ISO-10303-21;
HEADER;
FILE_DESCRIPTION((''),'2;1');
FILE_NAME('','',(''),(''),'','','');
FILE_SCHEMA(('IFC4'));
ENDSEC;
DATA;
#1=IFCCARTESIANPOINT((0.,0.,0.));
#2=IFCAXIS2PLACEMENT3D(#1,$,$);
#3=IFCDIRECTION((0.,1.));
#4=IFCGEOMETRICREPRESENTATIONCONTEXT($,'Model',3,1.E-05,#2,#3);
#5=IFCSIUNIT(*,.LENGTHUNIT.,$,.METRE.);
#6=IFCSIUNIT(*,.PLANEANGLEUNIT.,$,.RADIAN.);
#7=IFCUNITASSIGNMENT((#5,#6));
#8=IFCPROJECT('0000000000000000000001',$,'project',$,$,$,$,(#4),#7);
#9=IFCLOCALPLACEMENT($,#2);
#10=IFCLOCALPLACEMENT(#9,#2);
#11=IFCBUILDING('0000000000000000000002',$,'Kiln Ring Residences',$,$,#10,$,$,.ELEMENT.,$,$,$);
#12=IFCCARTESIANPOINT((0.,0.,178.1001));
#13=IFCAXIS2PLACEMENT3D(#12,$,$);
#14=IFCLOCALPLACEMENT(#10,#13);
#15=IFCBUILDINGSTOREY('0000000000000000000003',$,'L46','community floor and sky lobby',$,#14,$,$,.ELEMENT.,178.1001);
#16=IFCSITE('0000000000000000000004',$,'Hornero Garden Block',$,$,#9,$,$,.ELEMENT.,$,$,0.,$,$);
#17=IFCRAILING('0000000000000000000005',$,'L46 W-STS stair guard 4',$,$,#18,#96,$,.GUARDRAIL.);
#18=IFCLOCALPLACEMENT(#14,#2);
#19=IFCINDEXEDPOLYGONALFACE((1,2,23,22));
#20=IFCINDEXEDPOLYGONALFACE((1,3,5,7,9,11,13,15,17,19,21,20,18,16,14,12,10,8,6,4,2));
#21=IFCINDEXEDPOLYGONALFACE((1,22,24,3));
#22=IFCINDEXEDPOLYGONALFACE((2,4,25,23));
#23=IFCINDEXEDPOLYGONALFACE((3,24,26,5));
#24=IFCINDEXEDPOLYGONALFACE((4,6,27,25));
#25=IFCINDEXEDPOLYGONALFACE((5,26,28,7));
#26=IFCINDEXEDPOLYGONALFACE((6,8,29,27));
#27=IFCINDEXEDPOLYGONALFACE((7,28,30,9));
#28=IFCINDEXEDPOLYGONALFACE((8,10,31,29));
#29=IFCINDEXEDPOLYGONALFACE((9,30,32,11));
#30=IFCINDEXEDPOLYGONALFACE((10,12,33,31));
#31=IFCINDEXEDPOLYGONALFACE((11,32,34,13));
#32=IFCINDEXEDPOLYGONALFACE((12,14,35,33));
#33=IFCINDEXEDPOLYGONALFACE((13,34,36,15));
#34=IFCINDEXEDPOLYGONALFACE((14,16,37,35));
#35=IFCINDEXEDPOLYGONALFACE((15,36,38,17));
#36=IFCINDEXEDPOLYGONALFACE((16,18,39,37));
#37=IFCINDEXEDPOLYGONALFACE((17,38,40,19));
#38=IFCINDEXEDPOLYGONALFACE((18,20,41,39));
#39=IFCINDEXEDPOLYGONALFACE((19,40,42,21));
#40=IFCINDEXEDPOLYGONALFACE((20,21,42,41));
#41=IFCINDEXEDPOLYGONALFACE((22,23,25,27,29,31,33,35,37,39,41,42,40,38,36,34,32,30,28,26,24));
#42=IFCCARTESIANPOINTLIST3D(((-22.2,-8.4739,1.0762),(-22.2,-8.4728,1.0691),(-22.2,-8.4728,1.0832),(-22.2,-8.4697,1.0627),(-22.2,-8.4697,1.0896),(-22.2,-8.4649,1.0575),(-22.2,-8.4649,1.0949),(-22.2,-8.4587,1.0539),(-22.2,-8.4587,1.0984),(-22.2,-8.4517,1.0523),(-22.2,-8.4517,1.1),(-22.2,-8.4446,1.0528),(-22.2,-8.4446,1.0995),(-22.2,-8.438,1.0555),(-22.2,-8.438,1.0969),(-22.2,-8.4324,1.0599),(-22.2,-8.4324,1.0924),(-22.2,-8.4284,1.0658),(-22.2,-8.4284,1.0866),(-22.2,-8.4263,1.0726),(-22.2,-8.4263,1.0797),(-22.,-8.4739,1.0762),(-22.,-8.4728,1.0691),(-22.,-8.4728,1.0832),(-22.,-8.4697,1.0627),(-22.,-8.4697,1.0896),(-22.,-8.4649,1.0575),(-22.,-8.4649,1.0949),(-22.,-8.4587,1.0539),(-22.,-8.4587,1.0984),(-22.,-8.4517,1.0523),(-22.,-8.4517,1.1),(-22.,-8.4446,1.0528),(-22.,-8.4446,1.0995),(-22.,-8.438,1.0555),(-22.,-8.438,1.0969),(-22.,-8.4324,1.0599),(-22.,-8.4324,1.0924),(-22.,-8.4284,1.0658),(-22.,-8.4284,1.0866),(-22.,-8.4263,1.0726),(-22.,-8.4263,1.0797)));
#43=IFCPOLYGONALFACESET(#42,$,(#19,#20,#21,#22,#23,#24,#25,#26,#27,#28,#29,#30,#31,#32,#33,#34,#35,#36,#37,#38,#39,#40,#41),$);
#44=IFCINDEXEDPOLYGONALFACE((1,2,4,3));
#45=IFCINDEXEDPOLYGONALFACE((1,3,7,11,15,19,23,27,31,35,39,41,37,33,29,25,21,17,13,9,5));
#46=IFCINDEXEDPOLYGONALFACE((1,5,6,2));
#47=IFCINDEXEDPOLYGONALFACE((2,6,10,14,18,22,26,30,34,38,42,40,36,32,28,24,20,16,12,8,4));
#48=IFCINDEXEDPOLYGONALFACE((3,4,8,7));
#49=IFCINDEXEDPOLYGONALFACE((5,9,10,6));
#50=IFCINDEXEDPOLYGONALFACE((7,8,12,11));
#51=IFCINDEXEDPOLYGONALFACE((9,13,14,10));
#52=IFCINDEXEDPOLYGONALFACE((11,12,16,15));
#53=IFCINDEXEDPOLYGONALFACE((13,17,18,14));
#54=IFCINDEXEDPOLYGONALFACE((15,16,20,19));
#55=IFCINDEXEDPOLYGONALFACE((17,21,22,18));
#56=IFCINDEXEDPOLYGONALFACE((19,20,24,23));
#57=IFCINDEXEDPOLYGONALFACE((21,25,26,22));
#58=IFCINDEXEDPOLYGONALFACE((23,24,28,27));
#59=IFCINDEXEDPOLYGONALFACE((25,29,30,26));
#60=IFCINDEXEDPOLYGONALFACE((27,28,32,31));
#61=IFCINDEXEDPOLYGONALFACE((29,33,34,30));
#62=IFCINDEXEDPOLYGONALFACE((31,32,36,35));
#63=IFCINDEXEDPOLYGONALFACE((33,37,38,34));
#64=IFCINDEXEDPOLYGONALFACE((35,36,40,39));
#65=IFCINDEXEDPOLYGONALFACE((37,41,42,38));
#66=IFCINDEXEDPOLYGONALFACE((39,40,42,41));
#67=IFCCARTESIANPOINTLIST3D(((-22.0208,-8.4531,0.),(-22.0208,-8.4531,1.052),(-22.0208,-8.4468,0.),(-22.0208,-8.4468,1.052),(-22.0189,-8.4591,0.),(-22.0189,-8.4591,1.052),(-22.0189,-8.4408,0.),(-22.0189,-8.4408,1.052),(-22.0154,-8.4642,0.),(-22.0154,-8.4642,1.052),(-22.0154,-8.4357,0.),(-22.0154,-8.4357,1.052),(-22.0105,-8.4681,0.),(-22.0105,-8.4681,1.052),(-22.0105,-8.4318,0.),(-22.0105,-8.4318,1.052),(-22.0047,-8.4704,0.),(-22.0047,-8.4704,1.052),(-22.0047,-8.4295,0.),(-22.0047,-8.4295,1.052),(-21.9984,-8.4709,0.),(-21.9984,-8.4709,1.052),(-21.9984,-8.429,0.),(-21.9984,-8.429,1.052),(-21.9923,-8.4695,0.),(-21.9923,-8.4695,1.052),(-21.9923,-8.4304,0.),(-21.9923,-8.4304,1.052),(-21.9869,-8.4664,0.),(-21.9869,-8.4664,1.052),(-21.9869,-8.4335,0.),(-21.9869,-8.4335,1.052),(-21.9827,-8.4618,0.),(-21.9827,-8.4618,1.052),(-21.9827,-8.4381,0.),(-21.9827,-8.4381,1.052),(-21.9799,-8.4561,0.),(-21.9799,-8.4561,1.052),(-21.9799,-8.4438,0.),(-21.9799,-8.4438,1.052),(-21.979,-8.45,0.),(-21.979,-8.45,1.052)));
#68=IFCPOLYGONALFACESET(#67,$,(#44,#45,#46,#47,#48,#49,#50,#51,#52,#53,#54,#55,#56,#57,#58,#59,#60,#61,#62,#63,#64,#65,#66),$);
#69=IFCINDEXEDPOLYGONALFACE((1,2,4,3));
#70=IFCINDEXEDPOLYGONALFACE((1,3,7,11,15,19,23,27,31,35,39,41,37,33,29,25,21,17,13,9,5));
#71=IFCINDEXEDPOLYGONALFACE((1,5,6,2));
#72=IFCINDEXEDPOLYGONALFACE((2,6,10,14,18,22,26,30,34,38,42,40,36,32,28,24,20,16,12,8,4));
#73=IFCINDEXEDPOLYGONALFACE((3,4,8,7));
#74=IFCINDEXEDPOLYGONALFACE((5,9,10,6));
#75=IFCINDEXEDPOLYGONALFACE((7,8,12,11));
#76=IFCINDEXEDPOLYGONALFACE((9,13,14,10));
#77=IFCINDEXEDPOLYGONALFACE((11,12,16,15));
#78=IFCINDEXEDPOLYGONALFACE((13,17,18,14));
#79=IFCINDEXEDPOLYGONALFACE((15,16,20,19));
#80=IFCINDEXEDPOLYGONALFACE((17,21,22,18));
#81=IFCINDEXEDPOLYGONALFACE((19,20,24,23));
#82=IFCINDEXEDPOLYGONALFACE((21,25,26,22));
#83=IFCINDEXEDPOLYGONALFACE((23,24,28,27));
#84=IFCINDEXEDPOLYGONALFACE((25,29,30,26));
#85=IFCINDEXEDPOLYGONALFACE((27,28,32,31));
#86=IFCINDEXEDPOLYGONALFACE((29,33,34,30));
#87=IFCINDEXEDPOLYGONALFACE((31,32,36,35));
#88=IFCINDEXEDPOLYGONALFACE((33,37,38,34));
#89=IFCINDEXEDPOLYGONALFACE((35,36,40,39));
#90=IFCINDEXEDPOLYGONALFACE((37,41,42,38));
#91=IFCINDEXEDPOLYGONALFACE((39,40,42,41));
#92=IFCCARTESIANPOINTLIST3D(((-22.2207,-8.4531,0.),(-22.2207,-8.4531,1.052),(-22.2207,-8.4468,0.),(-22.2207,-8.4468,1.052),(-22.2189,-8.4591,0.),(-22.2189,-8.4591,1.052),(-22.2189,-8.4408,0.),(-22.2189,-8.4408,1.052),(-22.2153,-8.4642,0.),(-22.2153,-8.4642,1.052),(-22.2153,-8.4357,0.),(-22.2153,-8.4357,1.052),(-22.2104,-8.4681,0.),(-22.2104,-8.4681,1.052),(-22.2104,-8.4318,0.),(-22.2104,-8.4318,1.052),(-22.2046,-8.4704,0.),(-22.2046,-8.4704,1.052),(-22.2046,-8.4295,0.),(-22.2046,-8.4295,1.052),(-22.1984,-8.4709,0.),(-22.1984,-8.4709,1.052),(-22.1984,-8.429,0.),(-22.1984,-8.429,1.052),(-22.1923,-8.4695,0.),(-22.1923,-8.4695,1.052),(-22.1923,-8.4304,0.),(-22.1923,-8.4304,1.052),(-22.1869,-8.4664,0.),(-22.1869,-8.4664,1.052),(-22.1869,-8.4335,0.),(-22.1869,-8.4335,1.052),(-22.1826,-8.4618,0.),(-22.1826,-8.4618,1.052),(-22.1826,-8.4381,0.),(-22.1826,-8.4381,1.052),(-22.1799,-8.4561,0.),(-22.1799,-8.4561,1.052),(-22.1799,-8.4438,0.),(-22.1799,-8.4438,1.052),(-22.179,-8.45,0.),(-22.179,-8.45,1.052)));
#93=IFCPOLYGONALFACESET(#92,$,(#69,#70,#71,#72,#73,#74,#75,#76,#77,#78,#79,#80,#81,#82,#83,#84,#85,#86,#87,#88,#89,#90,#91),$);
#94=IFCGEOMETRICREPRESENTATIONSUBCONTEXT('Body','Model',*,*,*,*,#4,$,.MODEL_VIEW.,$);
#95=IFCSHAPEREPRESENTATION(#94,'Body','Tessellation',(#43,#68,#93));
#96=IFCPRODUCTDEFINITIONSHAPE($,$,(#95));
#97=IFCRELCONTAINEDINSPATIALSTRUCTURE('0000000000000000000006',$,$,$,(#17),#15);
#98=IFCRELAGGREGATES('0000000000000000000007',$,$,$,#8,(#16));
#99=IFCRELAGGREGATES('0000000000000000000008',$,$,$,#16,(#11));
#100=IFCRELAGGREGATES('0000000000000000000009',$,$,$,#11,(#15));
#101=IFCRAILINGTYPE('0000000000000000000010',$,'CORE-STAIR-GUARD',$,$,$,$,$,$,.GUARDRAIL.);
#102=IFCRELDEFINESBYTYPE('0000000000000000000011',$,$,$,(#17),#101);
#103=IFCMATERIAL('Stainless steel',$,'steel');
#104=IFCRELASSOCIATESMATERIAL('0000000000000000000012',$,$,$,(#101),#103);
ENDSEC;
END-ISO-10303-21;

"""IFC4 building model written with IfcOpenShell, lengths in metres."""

from ifc_helpers import new_model, si_unit, direction, frame, origin, origin_2d, place, context, subcontext, project, spatial, circle, extrude, material, type_object, element, save


model = new_model("IFC4")

# Units and contexts
model_context = context("Model", 3, precision=1e-05, world=origin(), true_north=direction((0.0, 1.0)))
body_context = subcontext(model_context, "Body", "Model", "MODEL_VIEW")
ifc_project = project(units=[si_unit("LENGTHUNIT", "METRE"), si_unit("PLANEANGLEUNIT", "RADIAN")], contexts=[model_context])

# Site, building, storey
site_placement = place(None, origin())
site = spatial("IfcSite", under=ifc_project, at=site_placement, Name="Hornero Garden Block", CompositionType="ELEMENT", RefElevation=0.0)
building_placement = place(site_placement, origin())
building = spatial("IfcBuilding", under=site, at=building_placement, Name="Kiln Ring Residences", CompositionType="ELEMENT")
storey_placement = place(building_placement, frame((0.0, 0.0, 178.1001)))
storey = spatial("IfcBuildingStorey", under=building, at=storey_placement, Name="L46", Description="community floor and sky lobby", CompositionType="ELEMENT", Elevation=178.1001)

# Railing
ifc_material_1 = material(Name="Stainless steel", Category="steel")
railing_type_1 = type_object("IfcRailingType", Name="CORE-STAIR-GUARD", PredefinedType="GUARDRAIL", material=ifc_material_1)
railing_1_placement = place(storey_placement, frame((-22.0, -8.45, 0.0)))
element("IfcRailing", 1, at=railing_1_placement, inside=storey, type_object=railing_type_1, Name="L46 W-STS stair guard 4", PredefinedType="GUARDRAIL", context=body_context, shape_type="SweptSolid", body=[
    extrude(circle(Radius=0.0239, at=origin_2d()), frame((0.0, 0.0, 1.0762), z_axis=(-1.0, 0.0, 0.0), x_axis=(0.0, -1.0, 0.0)), (0.0, 0.0, 1.0), 0.2),
    extrude(circle(Radius=0.021, at=origin_2d()), origin(), (0.0, 0.0, 1.0), 1.052),
    extrude(circle(Radius=0.021, at=origin_2d()), frame((-0.2, 0.0, 0.0)), (0.0, 0.0, 1.0), 1.052),
])

save(model, "model.ifc")
